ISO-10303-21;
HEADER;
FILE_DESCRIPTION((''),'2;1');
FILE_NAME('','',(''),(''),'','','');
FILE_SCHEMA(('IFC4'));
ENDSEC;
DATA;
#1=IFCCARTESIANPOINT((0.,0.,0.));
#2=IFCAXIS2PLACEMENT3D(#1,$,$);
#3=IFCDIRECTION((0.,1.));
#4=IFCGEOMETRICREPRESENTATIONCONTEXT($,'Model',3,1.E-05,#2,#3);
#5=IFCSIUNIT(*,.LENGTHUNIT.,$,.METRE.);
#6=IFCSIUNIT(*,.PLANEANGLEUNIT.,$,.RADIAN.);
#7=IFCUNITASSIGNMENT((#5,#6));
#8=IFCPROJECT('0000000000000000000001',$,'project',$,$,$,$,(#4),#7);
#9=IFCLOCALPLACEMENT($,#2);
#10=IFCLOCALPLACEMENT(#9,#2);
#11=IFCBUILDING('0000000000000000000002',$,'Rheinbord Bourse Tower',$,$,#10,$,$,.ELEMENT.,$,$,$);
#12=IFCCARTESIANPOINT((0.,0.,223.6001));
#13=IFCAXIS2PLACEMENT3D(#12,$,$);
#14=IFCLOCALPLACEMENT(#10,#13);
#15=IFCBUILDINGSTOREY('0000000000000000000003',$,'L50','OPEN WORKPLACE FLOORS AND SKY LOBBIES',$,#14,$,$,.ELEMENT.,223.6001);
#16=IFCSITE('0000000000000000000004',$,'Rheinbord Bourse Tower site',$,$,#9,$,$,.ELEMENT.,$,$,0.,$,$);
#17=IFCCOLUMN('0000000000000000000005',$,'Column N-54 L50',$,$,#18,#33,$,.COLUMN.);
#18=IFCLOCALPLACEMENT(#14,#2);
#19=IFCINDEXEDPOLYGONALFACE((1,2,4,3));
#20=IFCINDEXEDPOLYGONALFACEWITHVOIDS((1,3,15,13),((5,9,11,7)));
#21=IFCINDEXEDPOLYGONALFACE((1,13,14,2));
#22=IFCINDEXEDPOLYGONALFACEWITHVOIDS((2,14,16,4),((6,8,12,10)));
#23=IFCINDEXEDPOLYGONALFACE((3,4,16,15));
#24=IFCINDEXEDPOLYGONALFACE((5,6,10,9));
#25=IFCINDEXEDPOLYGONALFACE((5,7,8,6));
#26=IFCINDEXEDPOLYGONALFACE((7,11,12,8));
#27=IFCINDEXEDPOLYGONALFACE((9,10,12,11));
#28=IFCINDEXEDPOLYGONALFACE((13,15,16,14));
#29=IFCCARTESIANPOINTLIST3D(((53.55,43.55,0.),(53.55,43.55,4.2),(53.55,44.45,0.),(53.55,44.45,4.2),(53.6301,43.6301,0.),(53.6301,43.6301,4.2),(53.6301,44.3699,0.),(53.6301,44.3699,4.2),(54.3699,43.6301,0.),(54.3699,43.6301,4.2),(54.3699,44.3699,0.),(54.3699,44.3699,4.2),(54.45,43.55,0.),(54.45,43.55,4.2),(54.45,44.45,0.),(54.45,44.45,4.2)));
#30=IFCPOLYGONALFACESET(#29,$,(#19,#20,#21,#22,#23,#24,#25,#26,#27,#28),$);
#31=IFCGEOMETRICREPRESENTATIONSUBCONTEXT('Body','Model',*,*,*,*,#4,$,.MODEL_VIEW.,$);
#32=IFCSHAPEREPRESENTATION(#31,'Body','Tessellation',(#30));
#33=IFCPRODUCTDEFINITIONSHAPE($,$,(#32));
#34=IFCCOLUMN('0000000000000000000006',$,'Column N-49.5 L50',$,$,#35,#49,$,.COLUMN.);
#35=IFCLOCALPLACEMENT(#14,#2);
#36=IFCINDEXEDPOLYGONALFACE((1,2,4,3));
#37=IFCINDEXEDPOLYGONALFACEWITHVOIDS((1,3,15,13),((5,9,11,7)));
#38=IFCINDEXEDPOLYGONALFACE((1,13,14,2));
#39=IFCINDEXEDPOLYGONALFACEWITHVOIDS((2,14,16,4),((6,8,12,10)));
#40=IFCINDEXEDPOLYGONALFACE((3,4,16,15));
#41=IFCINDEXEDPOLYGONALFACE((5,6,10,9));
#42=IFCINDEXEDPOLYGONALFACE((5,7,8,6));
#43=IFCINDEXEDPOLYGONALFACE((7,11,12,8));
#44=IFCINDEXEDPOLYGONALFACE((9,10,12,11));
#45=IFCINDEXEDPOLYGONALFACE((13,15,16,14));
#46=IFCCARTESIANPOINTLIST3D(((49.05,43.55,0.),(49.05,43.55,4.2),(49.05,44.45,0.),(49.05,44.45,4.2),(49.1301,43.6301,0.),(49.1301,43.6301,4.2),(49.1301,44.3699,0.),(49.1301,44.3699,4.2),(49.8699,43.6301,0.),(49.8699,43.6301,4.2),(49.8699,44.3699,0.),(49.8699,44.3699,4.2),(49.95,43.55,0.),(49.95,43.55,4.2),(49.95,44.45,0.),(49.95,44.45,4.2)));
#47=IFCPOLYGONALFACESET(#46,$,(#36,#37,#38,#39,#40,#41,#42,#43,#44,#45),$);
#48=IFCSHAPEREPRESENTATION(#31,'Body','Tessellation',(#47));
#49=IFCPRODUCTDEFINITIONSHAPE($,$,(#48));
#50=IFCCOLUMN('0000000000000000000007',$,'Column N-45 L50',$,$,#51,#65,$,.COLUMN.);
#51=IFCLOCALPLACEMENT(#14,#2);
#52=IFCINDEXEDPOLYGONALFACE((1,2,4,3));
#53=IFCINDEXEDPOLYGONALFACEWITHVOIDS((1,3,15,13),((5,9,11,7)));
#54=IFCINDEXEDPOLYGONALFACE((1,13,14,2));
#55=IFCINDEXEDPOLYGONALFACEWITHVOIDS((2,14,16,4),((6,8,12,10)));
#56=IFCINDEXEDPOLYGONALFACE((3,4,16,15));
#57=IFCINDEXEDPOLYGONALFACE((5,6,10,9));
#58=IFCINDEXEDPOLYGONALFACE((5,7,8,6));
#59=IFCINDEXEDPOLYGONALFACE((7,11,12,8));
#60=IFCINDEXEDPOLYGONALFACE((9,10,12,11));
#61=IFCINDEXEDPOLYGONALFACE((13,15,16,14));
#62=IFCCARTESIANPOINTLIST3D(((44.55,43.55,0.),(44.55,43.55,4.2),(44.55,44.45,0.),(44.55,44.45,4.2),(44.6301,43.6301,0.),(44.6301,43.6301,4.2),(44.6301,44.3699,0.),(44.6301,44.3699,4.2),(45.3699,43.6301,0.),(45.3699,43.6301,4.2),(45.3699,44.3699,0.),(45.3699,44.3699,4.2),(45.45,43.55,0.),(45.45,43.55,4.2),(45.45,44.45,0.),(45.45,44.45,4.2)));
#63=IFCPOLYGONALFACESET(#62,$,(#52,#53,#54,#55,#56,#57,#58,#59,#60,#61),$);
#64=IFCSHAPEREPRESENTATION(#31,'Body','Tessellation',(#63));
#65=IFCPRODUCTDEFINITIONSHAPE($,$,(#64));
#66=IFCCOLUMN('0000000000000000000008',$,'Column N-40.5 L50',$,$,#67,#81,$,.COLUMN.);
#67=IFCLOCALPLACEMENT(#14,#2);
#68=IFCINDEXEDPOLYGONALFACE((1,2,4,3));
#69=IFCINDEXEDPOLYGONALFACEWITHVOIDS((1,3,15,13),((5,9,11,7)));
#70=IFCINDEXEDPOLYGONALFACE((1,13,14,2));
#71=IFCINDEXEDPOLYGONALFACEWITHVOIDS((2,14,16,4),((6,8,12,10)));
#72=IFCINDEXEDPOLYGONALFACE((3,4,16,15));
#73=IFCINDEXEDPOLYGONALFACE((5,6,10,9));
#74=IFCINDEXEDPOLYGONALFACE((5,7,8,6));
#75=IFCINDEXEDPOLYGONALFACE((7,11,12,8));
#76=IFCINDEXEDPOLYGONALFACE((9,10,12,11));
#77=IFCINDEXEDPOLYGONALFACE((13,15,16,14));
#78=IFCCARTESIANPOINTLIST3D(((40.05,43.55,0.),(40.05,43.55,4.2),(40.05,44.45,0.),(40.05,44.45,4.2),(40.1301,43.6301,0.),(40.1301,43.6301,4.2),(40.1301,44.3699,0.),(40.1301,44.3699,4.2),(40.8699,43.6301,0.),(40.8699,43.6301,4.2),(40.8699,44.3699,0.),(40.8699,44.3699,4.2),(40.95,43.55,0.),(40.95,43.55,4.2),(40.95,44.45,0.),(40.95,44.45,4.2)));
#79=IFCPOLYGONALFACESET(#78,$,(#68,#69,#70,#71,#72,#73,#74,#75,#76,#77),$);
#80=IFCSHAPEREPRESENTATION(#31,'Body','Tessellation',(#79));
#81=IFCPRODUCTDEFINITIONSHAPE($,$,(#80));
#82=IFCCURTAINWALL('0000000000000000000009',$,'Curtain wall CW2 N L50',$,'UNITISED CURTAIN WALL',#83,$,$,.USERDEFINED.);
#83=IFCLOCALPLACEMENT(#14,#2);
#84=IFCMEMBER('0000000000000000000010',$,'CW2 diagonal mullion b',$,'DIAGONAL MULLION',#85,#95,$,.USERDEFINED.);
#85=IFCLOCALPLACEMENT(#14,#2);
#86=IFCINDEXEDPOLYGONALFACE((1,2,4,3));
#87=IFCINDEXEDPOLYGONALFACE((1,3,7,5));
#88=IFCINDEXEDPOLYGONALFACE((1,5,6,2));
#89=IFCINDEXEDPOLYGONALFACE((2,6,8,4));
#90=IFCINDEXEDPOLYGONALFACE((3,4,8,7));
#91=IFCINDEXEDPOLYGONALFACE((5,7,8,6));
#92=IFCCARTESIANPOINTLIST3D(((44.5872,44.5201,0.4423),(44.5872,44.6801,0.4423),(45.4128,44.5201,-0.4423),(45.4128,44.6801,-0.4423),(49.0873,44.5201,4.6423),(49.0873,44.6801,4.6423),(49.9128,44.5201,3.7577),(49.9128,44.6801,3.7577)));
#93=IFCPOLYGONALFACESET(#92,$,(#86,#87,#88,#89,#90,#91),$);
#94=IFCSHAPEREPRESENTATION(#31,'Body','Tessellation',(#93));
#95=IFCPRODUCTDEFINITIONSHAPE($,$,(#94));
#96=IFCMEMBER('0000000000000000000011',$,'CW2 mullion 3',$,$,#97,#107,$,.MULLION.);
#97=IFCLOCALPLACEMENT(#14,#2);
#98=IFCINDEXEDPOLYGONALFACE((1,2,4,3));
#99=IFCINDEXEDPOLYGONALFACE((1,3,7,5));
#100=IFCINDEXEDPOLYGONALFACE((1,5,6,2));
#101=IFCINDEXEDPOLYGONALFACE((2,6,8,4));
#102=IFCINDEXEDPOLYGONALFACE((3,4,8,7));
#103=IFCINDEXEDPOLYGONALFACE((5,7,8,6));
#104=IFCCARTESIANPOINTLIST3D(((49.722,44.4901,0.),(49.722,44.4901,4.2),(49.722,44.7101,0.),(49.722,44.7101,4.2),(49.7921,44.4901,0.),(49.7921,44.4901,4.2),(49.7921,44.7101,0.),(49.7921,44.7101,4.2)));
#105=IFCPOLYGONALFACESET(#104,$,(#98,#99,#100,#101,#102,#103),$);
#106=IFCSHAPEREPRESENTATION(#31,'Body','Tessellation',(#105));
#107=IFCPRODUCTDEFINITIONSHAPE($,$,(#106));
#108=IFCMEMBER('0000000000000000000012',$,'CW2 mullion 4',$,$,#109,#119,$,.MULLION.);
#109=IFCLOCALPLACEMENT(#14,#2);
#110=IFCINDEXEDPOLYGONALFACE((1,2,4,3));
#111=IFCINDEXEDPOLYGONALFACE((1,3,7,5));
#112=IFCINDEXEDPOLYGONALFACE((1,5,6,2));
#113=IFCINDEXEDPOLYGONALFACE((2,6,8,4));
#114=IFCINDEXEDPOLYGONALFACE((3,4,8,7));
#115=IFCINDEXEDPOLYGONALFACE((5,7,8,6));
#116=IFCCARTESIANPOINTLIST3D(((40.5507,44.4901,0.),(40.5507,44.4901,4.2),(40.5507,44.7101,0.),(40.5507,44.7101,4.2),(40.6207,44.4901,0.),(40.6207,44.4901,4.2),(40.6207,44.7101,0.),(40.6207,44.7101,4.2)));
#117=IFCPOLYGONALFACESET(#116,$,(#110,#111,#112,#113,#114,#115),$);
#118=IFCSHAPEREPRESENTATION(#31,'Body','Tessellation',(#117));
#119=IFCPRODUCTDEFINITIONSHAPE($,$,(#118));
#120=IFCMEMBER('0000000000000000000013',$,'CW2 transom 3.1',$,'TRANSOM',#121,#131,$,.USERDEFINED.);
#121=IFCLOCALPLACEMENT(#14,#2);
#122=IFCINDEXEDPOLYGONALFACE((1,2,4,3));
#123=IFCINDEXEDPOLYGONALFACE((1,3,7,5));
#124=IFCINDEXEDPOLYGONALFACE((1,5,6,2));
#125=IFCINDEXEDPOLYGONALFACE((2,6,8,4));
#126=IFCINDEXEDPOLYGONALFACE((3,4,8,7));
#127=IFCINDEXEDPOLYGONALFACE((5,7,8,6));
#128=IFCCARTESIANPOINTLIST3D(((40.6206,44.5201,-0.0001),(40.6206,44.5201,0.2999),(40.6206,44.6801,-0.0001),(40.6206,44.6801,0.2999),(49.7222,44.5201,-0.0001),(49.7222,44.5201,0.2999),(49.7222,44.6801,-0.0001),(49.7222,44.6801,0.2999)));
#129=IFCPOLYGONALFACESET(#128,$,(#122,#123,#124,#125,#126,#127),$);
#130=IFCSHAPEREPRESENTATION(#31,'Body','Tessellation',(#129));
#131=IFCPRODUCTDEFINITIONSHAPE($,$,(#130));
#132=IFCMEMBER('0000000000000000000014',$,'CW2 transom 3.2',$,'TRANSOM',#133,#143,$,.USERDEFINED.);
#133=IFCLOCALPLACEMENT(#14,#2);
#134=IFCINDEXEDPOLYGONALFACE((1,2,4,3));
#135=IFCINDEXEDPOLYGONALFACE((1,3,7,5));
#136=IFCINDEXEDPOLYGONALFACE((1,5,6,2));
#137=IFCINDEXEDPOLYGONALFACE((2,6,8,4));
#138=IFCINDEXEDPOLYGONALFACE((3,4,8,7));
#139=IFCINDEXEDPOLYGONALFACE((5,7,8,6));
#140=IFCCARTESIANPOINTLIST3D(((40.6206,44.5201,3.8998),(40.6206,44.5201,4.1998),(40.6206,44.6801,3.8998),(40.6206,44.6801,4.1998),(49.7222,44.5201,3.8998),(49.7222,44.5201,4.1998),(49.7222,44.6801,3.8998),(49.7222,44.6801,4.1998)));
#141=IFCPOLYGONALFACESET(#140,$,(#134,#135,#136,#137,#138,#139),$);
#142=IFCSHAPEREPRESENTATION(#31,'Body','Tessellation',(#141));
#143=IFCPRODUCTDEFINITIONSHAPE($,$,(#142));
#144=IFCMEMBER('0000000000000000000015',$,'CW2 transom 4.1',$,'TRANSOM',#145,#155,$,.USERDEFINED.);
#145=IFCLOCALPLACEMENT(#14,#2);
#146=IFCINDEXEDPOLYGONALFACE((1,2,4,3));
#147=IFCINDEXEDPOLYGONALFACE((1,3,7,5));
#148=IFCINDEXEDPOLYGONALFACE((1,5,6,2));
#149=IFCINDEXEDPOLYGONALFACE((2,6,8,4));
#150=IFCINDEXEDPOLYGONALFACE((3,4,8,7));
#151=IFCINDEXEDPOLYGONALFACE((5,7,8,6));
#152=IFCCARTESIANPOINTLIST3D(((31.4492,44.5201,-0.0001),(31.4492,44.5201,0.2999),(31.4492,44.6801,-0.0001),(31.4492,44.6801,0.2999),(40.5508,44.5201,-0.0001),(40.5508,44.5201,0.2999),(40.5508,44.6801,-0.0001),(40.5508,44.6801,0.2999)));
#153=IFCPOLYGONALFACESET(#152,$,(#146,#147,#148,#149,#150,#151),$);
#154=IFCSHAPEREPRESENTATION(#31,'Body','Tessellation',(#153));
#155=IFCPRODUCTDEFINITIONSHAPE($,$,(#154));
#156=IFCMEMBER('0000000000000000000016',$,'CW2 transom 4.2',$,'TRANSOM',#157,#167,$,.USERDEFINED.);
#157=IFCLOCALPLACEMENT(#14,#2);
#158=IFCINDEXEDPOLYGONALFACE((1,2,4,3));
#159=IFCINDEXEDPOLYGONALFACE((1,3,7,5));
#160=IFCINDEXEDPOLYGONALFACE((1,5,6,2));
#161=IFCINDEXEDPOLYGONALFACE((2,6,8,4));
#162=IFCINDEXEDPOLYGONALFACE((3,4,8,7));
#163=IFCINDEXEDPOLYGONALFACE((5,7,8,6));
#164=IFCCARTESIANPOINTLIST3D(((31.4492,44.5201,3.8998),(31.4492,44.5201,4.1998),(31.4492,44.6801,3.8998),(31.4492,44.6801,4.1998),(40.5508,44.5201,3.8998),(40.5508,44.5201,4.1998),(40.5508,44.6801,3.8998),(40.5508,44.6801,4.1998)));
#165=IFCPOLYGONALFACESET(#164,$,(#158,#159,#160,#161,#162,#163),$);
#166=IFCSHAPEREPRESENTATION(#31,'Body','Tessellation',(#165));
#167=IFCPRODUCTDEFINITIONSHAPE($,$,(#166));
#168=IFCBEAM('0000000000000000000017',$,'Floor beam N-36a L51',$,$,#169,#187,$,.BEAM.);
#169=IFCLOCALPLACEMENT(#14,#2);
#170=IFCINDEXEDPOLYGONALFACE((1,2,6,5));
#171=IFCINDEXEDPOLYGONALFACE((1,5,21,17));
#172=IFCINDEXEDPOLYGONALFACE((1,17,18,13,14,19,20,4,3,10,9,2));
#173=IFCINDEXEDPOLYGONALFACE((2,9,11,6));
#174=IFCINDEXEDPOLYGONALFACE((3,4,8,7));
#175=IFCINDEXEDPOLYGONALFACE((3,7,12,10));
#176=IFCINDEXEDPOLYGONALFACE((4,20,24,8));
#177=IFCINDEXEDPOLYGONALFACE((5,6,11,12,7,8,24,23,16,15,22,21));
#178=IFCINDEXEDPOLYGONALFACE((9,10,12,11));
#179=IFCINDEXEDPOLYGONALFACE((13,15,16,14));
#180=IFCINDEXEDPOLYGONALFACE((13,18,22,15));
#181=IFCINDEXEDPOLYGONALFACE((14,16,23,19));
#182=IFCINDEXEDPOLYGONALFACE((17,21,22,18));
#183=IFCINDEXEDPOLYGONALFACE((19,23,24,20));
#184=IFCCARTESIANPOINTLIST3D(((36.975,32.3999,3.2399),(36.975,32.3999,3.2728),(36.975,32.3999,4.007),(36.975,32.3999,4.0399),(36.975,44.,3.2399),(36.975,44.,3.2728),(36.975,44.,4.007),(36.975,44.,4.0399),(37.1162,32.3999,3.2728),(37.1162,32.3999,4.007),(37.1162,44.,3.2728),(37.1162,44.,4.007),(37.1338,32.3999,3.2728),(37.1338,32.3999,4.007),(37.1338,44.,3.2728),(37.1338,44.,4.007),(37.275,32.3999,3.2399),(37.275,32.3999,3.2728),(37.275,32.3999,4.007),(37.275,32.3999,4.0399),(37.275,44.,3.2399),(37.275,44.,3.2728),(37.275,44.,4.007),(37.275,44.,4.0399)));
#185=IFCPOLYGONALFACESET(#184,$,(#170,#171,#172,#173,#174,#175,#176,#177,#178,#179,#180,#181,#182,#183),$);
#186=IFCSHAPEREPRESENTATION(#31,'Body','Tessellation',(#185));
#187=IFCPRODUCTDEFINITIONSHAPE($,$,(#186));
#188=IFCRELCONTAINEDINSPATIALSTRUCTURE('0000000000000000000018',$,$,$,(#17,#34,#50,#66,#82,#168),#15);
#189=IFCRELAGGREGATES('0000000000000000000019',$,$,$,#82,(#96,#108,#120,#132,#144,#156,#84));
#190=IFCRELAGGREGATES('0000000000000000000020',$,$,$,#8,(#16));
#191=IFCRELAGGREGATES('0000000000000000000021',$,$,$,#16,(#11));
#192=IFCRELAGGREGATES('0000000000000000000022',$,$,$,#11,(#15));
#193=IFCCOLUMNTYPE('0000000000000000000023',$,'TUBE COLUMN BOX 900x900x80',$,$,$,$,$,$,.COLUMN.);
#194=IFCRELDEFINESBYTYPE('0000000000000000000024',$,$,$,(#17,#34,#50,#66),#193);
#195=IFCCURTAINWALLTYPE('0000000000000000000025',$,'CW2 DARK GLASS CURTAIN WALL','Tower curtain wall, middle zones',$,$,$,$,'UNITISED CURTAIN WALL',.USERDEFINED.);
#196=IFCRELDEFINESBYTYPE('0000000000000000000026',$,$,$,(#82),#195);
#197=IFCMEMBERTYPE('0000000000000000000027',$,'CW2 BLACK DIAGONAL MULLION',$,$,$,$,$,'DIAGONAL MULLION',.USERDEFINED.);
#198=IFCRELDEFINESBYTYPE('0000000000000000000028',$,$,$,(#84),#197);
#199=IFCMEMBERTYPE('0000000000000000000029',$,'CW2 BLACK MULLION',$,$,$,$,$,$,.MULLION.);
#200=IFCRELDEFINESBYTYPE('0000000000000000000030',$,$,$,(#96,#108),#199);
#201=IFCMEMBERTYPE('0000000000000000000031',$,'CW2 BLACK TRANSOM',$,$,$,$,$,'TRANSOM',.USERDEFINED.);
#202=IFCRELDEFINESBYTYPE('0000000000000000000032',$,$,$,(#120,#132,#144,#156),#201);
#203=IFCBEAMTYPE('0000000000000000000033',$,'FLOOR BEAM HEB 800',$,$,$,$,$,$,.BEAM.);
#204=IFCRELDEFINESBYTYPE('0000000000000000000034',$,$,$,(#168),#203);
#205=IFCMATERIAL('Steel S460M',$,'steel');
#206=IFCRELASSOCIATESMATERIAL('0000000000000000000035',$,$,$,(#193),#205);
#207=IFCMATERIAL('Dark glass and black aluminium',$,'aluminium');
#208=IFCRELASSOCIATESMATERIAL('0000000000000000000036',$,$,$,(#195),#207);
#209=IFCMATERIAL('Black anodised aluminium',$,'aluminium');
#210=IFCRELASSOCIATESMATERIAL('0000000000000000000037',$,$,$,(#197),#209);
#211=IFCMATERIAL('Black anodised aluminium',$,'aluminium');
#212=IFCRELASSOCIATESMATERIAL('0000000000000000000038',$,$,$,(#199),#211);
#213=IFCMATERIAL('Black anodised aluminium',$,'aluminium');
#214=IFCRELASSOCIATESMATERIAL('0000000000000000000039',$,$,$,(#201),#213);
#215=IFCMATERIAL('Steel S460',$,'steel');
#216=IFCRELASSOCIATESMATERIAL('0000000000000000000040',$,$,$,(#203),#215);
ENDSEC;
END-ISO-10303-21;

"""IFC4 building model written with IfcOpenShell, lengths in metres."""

from ifc_helpers import new_model, si_unit, direction, frame, origin, origin_2d, place, context, subcontext, project, spatial, rectangle, hollow_rectangle, i_section, extrude, material, material_profile, profile_set, type_object, element, aggregate, save


model = new_model("IFC4")

# Units and contexts
model_context = context("Model", 3, precision=1e-05, world=origin(), true_north=direction((0.0, 1.0)))
body_context = subcontext(model_context, "Body", "Model", "MODEL_VIEW")
ifc_project = project(units=[si_unit("LENGTHUNIT", "METRE"), si_unit("PLANEANGLEUNIT", "RADIAN")], contexts=[model_context])

# Site, building, storey
site_placement = place(None, origin())
site = spatial("IfcSite", under=ifc_project, at=site_placement, Name="Rheinbord Bourse Tower site", CompositionType="ELEMENT", RefElevation=0.0)
building_placement = place(site_placement, origin())
building = spatial("IfcBuilding", under=site, at=building_placement, Name="Rheinbord Bourse Tower", CompositionType="ELEMENT")
storey_placement = place(building_placement, frame((0.0, 0.0, 223.6001)))
storey = spatial("IfcBuildingStorey", under=building, at=storey_placement, Name="L50", Description="OPEN WORKPLACE FLOORS AND SKY LOBBIES", CompositionType="ELEMENT", Elevation=223.6001)

# Columns
ifc_material_1 = material(Name="Steel S460M", Category="steel")
ifc_material_profile_1 = material_profile(ifc_material_1, hollow_rectangle(XDim=0.8999, YDim=0.8999, WallThickness=0.0801, at=origin_2d()), Name="BOX 900x900x80")
ifc_profile_set_1 = profile_set([ifc_material_profile_1], Name="Steel S460M")
column_type = type_object("IfcColumnType", Name="TUBE COLUMN BOX 900x900x80", PredefinedType="COLUMN", material=ifc_profile_set_1)
for number, where, z_axis, x_axis, name in (
    (1, (54.0, 44.0, 0.0), (0.0, 0.0, 1.0), (0.0, 1.0, 0.0), "Column N-54 L50"),
    (2, (49.5, 44.0, 0.0), (0.0, 0.0, 1.0), (0.0, 1.0, 0.0), "Column N-49.5 L50"),
    (3, (45.0, 44.0, 0.0), (0.0, 0.0, 1.0), (0.0, 1.0, 0.0), "Column N-45 L50"),
    (4, (40.5, 44.0, 0.0), (0.0, 0.0, 1.0), (0.0, 1.0, 0.0), "Column N-40.5 L50"),
):
    element("IfcColumn", number, at=place(storey_placement, frame(where, z_axis=z_axis, x_axis=x_axis)), inside=storey, type_object=column_type, Name=name, PredefinedType="COLUMN", context=body_context, shape_type="SweptSolid", body=[
        extrude(hollow_rectangle(XDim=0.8999, YDim=0.8999, WallThickness=0.0801, at=origin_2d()), origin(), (0.0, 0.0, 1.0), 4.2),
    ])

# Curtain wall, members
ifc_material_2 = material(Name="Dark glass and black aluminium", Category="aluminium")
curtain_wall_type = type_object("IfcCurtainWallType", Name="CW2 DARK GLASS CURTAIN WALL", Description="Tower curtain wall, middle zones", ElementType="UNITISED CURTAIN WALL", PredefinedType="USERDEFINED", material=ifc_material_2)
curtain_wall_placement = place(storey_placement, origin())
curtain_wall = element("IfcCurtainWall", 5, at=curtain_wall_placement, inside=storey, type_object=curtain_wall_type, Name="Curtain wall CW2 N L50", ObjectType="UNITISED CURTAIN WALL", PredefinedType="USERDEFINED")
ifc_material_3 = material(Name="Black anodised aluminium", Category="aluminium")
ifc_material_profile_2 = material_profile(ifc_material_3, rectangle(XDim=0.1599, YDim=1.21, at=origin_2d()), Name="CW2 DIAGONAL MULLION 1210x160")
ifc_profile_set_2 = profile_set([ifc_material_profile_2], Name="Black anodised aluminium")
member_type_1 = type_object("IfcMemberType", Name="CW2 BLACK DIAGONAL MULLION", ElementType="DIAGONAL MULLION", PredefinedType="USERDEFINED", material=ifc_profile_set_2)
member_1_placement = place(storey_placement, frame((45.0, 44.6001, 0.0), z_axis=(0.731059, 0.0, 0.682314), x_axis=(0.0, 1.0, 0.0)))
member_1 = element("IfcMember", 6, at=member_1_placement, type_object=member_type_1, Name="CW2 diagonal mullion b", ObjectType="DIAGONAL MULLION", PredefinedType="USERDEFINED", context=body_context, shape_type="SweptSolid", body=[
    extrude(rectangle(XDim=0.1599, YDim=1.21, at=origin_2d()), origin(), (0.0, 0.0, 1.0), 6.1555),
])
ifc_material_4 = material(Name="Black anodised aluminium", Category="aluminium")
ifc_material_profile_3 = material_profile(ifc_material_4, rectangle(XDim=0.22, YDim=0.0701, at=origin_2d()), Name="CW2 MULLION 70x220")
ifc_profile_set_3 = profile_set([ifc_material_profile_3], Name="Black anodised aluminium")
member_type_2 = type_object("IfcMemberType", Name="CW2 BLACK MULLION", PredefinedType="MULLION", material=ifc_profile_set_3)
member_2_placement = place(storey_placement, frame((49.7571, 44.6001, 0.0), z_axis=(0.0, 0.0, 1.0), x_axis=(0.0, -1.0, 0.0)))
member_2 = element("IfcMember", 7, at=member_2_placement, type_object=member_type_2, Name="CW2 mullion 3", PredefinedType="MULLION", context=body_context, shape_type="SweptSolid", body=[
    extrude(rectangle(XDim=0.22, YDim=0.0701, at=origin_2d()), origin(), (0.0, 0.0, 1.0), 4.2),
])
member_3_placement = place(storey_placement, frame((40.5857, 44.6001, 0.0), z_axis=(0.0, 0.0, 1.0), x_axis=(0.0, -1.0, 0.0)))
member_3 = element("IfcMember", 8, at=member_3_placement, type_object=member_type_2, Name="CW2 mullion 4", PredefinedType="MULLION", context=body_context, shape_type="SweptSolid", body=[
    extrude(rectangle(XDim=0.22, YDim=0.0701, at=origin_2d()), origin(), (0.0, 0.0, 1.0), 4.2),
])
ifc_material_5 = material(Name="Black anodised aluminium", Category="aluminium")
ifc_material_profile_4 = material_profile(ifc_material_5, rectangle(XDim=0.1599, YDim=0.3, at=origin_2d()), Name="CW2 TRANSOM 300x160")
ifc_profile_set_4 = profile_set([ifc_material_profile_4], Name="Black anodised aluminium")
member_type_3 = type_object("IfcMemberType", Name="CW2 BLACK TRANSOM", ElementType="TRANSOM", PredefinedType="USERDEFINED", material=ifc_profile_set_4)
member_4_placement = place(storey_placement, frame((49.7222, 44.6001, 0.1499), z_axis=(-1.0, 0.0, 0.0), x_axis=(0.0, -1.0, 0.0)))
member_4 = element("IfcMember", 9, at=member_4_placement, type_object=member_type_3, Name="CW2 transom 3.1", ObjectType="TRANSOM", PredefinedType="USERDEFINED", context=body_context, shape_type="SweptSolid", body=[
    extrude(rectangle(XDim=0.1599, YDim=0.3, at=origin_2d()), origin(), (0.0, 0.0, 1.0), 9.1016),
])
member_5_placement = place(storey_placement, frame((49.7222, 44.6001, 4.0498), z_axis=(-1.0, 0.0, 0.0), x_axis=(0.0, -1.0, 0.0)))
member_5 = element("IfcMember", 10, at=member_5_placement, type_object=member_type_3, Name="CW2 transom 3.2", ObjectType="TRANSOM", PredefinedType="USERDEFINED", context=body_context, shape_type="SweptSolid", body=[
    extrude(rectangle(XDim=0.1599, YDim=0.3, at=origin_2d()), origin(), (0.0, 0.0, 1.0), 9.1016),
])
member_6_placement = place(storey_placement, frame((40.5508, 44.6001, 0.1499), z_axis=(-1.0, 0.0, 0.0), x_axis=(0.0, -1.0, 0.0)))
member_6 = element("IfcMember", 11, at=member_6_placement, type_object=member_type_3, Name="CW2 transom 4.1", ObjectType="TRANSOM", PredefinedType="USERDEFINED", context=body_context, shape_type="SweptSolid", body=[
    extrude(rectangle(XDim=0.1599, YDim=0.3, at=origin_2d()), origin(), (0.0, 0.0, 1.0), 9.1016),
])
member_7_placement = place(storey_placement, frame((40.5508, 44.6001, 4.0498), z_axis=(-1.0, 0.0, 0.0), x_axis=(0.0, -1.0, 0.0)))
member_7 = element("IfcMember", 12, at=member_7_placement, type_object=member_type_3, Name="CW2 transom 4.2", ObjectType="TRANSOM", PredefinedType="USERDEFINED", context=body_context, shape_type="SweptSolid", body=[
    extrude(rectangle(XDim=0.1599, YDim=0.3, at=origin_2d()), origin(), (0.0, 0.0, 1.0), 9.1016),
])

# Beam
ifc_material_6 = material(Name="Steel S460", Category="steel")
ifc_material_profile_5 = material_profile(ifc_material_6, i_section(OverallWidth=0.3, OverallDepth=0.8, WebThickness=0.0176, FlangeThickness=0.033, at=origin_2d()), Name="HEB 800")
ifc_profile_set_5 = profile_set([ifc_material_profile_5], Name="Steel S460")
beam_type_1 = type_object("IfcBeamType", Name="FLOOR BEAM HEB 800", PredefinedType="BEAM", material=ifc_profile_set_5)
for number, where, z_axis, x_axis, name in (
    (13, (37.125, 44.0, 3.6399), (0.0, -1.0, 0.0), (1.0, 0.0, 0.0), "Floor beam N-36a L51"),
):
    element("IfcBeam", number, at=place(storey_placement, frame(where, z_axis=z_axis, x_axis=x_axis)), inside=storey, type_object=beam_type_1, Name=name, PredefinedType="BEAM", context=body_context, shape_type="SweptSolid", body=[
        extrude(i_section(OverallWidth=0.3, OverallDepth=0.8, WebThickness=0.0176, FlangeThickness=0.033, at=origin_2d()), origin(), (0.0, 0.0, 1.0), 11.6001),
    ])

aggregate(curtain_wall, [member_2, member_3, member_4, member_5, member_6, member_7, member_1])

save(model, "model.ifc")
